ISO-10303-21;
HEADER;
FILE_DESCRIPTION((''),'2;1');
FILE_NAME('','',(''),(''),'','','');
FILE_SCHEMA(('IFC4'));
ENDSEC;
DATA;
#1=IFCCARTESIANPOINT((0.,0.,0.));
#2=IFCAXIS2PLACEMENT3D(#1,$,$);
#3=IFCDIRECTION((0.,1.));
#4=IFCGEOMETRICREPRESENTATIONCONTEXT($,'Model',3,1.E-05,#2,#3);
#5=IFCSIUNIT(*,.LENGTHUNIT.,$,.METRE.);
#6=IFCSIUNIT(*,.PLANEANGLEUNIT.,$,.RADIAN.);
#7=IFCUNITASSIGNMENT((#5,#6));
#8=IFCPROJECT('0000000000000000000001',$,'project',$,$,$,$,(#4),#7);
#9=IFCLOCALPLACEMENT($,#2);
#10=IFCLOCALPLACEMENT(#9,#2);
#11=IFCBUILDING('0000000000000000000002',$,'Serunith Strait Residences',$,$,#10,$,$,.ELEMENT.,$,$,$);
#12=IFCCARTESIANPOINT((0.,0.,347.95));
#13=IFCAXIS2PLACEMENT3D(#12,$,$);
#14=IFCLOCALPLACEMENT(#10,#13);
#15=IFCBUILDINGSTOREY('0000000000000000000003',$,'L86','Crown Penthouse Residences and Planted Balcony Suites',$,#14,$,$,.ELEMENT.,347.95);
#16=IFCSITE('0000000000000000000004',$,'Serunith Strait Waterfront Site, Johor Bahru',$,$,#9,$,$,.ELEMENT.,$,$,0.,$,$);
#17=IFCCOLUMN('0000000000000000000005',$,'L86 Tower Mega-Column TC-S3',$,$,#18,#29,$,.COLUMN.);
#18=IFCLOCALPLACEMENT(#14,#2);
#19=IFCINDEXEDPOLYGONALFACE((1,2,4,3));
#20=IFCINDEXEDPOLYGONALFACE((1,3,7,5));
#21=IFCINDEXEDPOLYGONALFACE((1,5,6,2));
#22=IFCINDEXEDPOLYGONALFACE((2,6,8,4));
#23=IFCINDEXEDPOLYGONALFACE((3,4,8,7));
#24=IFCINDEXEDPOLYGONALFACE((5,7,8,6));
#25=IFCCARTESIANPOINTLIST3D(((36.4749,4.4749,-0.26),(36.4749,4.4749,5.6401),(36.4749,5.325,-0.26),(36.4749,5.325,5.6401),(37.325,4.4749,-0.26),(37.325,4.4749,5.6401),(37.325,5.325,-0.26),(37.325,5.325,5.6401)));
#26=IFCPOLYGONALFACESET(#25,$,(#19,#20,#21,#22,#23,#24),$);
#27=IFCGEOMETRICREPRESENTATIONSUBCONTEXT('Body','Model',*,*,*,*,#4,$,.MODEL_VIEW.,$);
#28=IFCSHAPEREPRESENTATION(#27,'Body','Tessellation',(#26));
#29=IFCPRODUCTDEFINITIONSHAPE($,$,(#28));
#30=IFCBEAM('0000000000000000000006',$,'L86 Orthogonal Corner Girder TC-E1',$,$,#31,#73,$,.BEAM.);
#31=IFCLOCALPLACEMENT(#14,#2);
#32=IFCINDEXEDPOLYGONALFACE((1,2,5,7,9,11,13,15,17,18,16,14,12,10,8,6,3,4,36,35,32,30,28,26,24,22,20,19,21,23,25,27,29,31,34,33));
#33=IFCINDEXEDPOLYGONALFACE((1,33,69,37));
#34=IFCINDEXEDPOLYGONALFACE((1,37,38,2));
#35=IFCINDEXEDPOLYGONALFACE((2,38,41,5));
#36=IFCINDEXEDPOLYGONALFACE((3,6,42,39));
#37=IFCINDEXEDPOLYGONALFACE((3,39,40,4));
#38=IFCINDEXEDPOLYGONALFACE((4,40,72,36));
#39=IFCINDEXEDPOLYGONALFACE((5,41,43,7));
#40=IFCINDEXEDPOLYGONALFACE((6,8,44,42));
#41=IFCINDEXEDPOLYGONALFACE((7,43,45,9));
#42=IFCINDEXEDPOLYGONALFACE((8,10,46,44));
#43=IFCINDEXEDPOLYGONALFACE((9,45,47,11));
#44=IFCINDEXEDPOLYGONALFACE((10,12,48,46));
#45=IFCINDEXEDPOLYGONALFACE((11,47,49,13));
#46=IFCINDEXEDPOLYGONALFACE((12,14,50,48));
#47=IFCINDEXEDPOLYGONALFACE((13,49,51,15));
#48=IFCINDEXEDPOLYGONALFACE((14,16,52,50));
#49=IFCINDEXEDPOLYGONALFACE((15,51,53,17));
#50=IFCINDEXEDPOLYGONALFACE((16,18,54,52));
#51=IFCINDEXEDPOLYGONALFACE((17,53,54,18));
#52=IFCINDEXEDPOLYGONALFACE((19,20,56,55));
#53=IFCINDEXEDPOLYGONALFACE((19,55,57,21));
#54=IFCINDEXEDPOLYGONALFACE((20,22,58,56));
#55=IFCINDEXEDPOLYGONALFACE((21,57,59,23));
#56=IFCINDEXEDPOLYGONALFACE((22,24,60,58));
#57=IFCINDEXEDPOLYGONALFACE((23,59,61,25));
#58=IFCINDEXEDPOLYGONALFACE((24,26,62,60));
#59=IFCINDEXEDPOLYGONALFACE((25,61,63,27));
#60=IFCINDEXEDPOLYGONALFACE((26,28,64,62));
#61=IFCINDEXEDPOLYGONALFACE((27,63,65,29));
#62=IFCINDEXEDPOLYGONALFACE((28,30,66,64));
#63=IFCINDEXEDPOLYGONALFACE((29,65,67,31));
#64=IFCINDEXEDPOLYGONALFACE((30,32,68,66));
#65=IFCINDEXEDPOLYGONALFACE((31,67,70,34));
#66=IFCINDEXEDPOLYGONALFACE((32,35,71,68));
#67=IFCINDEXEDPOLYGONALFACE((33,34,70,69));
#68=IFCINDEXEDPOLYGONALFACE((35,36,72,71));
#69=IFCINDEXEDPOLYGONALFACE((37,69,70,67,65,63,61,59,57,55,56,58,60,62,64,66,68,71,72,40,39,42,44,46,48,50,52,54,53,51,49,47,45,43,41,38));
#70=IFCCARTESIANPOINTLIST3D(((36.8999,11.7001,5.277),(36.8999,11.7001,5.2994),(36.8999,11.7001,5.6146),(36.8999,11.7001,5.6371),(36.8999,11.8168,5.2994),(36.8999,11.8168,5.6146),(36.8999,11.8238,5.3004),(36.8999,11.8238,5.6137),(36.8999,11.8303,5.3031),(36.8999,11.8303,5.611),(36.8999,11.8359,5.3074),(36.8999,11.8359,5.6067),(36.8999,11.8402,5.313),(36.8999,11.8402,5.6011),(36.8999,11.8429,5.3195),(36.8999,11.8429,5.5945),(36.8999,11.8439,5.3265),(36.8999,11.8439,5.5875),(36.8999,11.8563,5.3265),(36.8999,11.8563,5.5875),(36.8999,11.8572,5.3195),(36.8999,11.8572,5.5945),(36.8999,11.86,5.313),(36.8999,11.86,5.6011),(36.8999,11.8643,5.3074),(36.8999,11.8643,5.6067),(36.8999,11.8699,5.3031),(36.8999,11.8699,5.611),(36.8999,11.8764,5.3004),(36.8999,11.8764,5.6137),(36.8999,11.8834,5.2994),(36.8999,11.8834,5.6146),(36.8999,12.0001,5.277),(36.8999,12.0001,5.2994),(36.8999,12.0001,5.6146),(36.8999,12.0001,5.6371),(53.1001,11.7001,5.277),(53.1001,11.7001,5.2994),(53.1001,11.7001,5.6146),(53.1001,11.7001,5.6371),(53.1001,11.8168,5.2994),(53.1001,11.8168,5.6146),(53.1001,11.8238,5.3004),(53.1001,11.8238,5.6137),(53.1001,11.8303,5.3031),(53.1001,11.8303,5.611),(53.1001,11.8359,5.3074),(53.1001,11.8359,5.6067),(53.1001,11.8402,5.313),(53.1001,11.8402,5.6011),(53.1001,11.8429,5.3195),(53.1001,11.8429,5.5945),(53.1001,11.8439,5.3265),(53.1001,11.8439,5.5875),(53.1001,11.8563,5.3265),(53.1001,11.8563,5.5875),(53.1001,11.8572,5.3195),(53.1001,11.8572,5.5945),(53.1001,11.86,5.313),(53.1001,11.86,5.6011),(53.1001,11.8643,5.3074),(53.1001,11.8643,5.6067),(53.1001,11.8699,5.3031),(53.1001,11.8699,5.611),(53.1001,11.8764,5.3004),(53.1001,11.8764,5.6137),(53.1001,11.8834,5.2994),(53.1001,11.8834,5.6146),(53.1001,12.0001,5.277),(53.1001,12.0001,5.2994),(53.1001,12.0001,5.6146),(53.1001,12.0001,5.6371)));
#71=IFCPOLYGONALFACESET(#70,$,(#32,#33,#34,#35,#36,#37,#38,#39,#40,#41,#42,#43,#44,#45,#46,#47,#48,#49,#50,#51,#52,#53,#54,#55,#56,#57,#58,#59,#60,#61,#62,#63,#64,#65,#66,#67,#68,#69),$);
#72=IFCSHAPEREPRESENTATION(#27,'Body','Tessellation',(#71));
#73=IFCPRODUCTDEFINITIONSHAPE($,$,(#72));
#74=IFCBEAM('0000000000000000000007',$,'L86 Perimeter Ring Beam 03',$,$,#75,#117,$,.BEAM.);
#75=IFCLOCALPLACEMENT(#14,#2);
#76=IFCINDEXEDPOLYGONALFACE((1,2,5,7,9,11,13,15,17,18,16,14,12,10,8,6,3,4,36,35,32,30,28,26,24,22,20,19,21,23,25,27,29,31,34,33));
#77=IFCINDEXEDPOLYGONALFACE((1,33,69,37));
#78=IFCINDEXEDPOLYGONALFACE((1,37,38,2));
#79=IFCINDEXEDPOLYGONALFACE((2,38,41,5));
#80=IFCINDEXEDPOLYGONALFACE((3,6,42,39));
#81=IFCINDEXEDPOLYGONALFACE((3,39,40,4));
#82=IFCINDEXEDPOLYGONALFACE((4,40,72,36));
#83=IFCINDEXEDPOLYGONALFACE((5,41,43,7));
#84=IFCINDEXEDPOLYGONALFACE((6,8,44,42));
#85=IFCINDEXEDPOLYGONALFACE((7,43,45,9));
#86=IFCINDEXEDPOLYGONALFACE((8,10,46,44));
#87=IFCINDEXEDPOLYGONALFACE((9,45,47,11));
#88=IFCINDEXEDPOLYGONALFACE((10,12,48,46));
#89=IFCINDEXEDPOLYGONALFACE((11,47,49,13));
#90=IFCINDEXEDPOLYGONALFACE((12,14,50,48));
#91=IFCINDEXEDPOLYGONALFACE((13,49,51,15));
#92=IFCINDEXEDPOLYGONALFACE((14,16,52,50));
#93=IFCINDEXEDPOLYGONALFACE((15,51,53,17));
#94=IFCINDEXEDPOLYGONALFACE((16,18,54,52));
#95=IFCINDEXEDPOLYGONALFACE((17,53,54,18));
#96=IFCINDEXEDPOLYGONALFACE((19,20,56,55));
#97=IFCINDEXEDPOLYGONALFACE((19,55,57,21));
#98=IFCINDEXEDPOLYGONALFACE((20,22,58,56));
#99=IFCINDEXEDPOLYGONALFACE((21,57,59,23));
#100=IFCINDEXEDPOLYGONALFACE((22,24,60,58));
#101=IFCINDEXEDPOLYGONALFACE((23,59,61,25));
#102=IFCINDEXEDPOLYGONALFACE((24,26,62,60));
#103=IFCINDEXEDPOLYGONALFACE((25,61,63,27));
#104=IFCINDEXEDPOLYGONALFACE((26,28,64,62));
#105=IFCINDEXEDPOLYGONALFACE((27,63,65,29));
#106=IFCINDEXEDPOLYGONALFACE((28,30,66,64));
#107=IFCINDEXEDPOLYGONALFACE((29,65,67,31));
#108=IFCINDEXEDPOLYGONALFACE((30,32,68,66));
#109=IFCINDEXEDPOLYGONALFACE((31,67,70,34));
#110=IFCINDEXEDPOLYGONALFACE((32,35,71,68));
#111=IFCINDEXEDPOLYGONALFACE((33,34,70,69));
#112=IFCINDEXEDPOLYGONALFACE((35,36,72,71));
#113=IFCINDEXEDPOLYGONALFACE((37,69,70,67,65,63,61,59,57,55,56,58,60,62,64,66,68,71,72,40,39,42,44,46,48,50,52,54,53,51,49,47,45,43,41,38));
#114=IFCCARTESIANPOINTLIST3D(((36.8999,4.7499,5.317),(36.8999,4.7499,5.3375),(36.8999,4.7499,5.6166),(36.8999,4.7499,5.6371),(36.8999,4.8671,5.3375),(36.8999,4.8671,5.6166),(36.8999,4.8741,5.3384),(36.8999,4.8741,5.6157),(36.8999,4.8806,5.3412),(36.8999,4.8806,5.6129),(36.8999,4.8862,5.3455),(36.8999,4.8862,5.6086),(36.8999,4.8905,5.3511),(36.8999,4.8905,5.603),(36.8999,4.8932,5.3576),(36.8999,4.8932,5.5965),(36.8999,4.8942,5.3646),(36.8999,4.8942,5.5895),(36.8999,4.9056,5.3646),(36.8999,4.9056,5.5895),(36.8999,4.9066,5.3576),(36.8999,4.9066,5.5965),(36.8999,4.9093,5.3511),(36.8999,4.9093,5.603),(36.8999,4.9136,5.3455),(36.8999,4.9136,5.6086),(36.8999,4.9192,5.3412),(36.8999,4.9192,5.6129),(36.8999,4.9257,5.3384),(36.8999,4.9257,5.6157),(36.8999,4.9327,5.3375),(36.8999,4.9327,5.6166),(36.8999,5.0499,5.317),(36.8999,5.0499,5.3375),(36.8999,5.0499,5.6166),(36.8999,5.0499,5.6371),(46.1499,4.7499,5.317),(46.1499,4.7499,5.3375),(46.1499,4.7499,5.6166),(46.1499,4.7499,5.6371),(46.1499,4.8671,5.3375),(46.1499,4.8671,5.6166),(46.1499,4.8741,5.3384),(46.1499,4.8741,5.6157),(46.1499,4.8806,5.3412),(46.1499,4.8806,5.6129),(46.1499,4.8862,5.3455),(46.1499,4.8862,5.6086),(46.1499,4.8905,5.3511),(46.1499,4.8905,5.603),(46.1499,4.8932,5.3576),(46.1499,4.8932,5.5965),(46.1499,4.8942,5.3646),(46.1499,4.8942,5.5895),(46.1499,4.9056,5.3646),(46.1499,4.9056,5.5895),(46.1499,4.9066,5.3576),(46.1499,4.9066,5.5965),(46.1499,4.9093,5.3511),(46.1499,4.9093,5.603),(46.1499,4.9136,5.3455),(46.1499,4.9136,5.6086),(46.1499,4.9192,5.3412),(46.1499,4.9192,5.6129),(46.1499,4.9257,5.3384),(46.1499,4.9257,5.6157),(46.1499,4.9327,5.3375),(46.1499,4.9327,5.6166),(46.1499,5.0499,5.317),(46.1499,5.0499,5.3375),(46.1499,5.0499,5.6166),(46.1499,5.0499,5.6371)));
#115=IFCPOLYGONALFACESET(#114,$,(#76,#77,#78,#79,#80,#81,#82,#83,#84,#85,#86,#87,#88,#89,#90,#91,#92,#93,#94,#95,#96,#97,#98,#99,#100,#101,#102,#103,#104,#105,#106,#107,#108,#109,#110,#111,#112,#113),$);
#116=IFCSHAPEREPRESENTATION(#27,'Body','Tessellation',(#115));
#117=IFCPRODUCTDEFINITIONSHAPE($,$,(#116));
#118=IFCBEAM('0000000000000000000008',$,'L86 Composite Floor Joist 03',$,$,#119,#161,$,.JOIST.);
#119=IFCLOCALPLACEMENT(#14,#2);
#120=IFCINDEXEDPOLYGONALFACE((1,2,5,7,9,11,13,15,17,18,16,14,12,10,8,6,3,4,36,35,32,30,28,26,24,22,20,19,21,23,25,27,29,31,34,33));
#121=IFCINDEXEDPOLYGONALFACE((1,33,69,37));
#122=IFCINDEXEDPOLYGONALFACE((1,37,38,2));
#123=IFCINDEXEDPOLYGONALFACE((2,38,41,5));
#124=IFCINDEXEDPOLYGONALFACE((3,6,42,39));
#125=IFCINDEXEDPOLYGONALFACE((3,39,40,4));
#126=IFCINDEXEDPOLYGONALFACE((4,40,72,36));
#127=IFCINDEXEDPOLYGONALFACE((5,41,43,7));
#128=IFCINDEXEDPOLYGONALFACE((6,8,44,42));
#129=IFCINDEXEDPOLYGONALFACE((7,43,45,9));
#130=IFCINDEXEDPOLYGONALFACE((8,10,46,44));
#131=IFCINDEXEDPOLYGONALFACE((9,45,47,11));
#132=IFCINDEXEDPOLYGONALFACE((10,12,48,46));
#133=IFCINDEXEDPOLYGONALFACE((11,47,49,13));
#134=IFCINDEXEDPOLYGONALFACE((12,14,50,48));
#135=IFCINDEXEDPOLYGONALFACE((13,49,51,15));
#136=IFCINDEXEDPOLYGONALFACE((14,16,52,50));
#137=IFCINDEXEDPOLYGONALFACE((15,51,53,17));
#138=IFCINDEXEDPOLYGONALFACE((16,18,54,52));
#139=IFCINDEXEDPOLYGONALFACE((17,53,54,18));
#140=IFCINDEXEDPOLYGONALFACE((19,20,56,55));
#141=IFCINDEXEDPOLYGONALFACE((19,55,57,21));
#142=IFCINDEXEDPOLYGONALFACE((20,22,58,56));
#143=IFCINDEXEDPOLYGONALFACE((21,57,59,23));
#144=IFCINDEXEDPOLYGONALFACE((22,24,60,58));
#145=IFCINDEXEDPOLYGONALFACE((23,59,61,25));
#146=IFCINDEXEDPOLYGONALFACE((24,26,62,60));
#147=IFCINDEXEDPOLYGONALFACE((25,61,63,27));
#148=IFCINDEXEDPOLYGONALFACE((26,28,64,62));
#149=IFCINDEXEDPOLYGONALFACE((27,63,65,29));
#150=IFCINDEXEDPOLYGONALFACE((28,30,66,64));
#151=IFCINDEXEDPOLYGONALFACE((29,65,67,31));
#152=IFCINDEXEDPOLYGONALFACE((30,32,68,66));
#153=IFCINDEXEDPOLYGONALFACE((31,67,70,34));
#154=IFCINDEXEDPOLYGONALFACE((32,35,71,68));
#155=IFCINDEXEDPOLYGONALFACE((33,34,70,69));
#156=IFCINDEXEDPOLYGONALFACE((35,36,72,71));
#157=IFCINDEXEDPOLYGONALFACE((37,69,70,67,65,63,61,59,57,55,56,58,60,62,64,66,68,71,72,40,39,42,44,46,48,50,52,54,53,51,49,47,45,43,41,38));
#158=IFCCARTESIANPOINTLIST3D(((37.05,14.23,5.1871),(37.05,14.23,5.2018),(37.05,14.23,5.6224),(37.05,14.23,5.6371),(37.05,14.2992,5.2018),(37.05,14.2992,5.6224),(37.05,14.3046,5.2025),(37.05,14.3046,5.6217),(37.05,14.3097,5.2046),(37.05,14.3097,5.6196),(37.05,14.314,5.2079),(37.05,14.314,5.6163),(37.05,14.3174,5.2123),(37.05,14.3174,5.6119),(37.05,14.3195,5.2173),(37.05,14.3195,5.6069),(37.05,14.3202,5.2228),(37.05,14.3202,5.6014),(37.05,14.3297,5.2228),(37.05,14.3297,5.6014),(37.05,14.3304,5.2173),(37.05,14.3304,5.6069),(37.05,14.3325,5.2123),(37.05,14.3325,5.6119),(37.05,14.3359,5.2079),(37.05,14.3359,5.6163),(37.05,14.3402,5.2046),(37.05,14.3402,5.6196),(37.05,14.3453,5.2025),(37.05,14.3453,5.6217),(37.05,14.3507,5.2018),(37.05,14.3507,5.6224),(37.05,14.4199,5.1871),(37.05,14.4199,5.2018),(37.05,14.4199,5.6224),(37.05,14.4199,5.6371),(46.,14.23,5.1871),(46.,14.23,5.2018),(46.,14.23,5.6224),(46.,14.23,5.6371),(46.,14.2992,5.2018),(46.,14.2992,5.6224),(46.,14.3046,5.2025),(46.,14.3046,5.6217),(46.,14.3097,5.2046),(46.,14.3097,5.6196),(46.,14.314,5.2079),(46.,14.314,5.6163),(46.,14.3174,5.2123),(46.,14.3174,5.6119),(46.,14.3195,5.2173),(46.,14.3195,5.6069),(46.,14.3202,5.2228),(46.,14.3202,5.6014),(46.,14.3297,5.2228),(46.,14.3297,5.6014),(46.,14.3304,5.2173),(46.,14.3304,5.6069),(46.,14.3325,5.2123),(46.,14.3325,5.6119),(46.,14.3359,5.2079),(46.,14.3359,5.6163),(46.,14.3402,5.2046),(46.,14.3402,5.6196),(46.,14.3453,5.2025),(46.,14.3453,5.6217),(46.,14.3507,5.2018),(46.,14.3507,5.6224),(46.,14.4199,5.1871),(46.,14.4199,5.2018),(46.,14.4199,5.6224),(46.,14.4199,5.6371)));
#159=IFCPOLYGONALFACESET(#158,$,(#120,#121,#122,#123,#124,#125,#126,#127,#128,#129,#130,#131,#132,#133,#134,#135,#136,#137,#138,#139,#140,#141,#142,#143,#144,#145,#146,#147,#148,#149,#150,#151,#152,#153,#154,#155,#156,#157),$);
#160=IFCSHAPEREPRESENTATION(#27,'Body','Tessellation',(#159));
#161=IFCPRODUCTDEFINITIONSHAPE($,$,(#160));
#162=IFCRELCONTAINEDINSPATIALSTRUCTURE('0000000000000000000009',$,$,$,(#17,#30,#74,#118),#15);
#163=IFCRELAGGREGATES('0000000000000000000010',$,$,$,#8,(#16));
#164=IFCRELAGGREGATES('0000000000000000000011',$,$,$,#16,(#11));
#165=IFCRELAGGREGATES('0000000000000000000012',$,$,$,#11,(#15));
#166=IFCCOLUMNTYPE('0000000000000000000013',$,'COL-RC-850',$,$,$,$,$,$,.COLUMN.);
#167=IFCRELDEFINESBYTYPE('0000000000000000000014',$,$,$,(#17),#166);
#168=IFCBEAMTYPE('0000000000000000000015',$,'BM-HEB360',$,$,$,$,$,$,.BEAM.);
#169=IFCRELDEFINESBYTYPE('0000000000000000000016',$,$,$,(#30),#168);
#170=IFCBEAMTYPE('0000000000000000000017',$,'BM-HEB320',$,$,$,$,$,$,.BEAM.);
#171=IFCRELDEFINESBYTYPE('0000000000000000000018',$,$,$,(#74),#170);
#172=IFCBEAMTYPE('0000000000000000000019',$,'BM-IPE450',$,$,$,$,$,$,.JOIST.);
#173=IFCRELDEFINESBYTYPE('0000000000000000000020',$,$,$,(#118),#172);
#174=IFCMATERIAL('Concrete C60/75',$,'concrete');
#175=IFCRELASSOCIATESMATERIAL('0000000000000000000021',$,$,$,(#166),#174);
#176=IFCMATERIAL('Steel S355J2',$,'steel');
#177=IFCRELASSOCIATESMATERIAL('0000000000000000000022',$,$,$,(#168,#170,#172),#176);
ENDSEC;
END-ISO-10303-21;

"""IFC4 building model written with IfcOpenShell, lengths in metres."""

from ifc_helpers import new_model, si_unit, direction, frame, origin, origin_2d, place, context, subcontext, project, spatial, rectangle, i_section, extrude, source, transform, mapped, material, material_profile, profile_set, type_object, element, save


model = new_model("IFC4")

# Units and contexts
model_context = context("Model", 3, precision=1e-05, world=origin(), true_north=direction((0.0, 1.0)))
body_context = subcontext(model_context, "Body", "Model", "MODEL_VIEW")
ifc_project = project(units=[si_unit("LENGTHUNIT", "METRE"), si_unit("PLANEANGLEUNIT", "RADIAN")], contexts=[model_context])

# Site, building, storey
site_placement = place(None, origin())
site = spatial("IfcSite", under=ifc_project, at=site_placement, Name="Serunith Strait Waterfront Site, Johor Bahru", CompositionType="ELEMENT", RefElevation=0.0)
building_placement = place(site_placement, origin())
building = spatial("IfcBuilding", under=site, at=building_placement, Name="Serunith Strait Residences", CompositionType="ELEMENT")
storey_placement = place(building_placement, frame((0.0, 0.0, 347.95)))
storey = spatial("IfcBuildingStorey", under=building, at=storey_placement, Name="L86", Description="Crown Penthouse Residences and Planted Balcony Suites", CompositionType="ELEMENT", Elevation=347.95)

# Column
ifc_material_1 = material(Name="Concrete C60/75", Category="concrete")
ifc_material_profile_1 = material_profile(ifc_material_1, rectangle(XDim=0.8501, YDim=0.8501, at=origin_2d()), Name="RC 850x850")
ifc_profile_set_1 = profile_set([ifc_material_profile_1], Name="Concrete C60/75")
column_type = type_object("IfcColumnType", Name="COL-RC-850", PredefinedType="COLUMN", material=ifc_profile_set_1)
shared_shape_1 = source(origin(), body_context, "Body", "SweptSolid", [
    extrude(rectangle(XDim=0.8501, YDim=0.8501, at=origin_2d()), origin(), (0.0, 0.0, 1.0), 5.9001),
])
column_placement = place(storey_placement, frame((36.8999, 4.8999, -0.26), z_axis=(0.0, 0.0, 1.0), x_axis=(1.0, 0.0, 0.0)))
element("IfcColumn", 1, at=column_placement, inside=storey, type_object=column_type, Name="L86 Tower Mega-Column TC-S3", PredefinedType="COLUMN", context=body_context, shape_type="MappedRepresentation", body=[
    mapped(shared_shape_1, transform((0.0, 0.0, 0.0), scale=1.0)),
])

# Beams
ifc_material_2 = material(Name="Steel S355J2", Category="steel")
ifc_material_profile_2 = material_profile(ifc_material_2, i_section(OverallWidth=0.3, OverallDepth=0.3601, WebThickness=0.0125, FlangeThickness=0.0225, FilletRadius=0.0271, at=origin_2d()), Name="HEB 360")
ifc_profile_set_2 = profile_set([ifc_material_profile_2], Name="Steel S355J2")
beam_type_1 = type_object("IfcBeamType", Name="BM-HEB360", PredefinedType="BEAM", material=ifc_profile_set_2)
shared_shape_2 = source(origin(), body_context, "Body", "SweptSolid", [
    extrude(i_section(OverallWidth=0.3, OverallDepth=0.3601, WebThickness=0.0125, FlangeThickness=0.0225, FilletRadius=0.0271, at=origin_2d()), origin(), (0.0, 0.0, 1.0), 16.2002),
])
beam_1_placement = place(storey_placement, frame((36.8999, 11.8501, 5.457), z_axis=(1.0, 0.0, 0.0), x_axis=(0.0, 1.0, 0.0)))
element("IfcBeam", 2, at=beam_1_placement, inside=storey, type_object=beam_type_1, Name="L86 Orthogonal Corner Girder TC-E1", PredefinedType="BEAM", context=body_context, shape_type="MappedRepresentation", body=[
    mapped(shared_shape_2, transform((0.0, 0.0, 0.0), scale=1.0)),
])
ifc_material_profile_3 = material_profile(ifc_material_2, i_section(OverallWidth=0.3, OverallDepth=0.3201, WebThickness=0.0115, FlangeThickness=0.0205, FilletRadius=0.0271, at=origin_2d()), Name="HEB 320")
ifc_profile_set_3 = profile_set([ifc_material_profile_3], Name="Steel S355J2")
beam_type_2 = type_object("IfcBeamType", Name="BM-HEB320", PredefinedType="BEAM", material=ifc_profile_set_3)
shared_shape_3 = source(origin(), body_context, "Body", "SweptSolid", [
    extrude(i_section(OverallWidth=0.3, OverallDepth=0.3201, WebThickness=0.0115, FlangeThickness=0.0205, FilletRadius=0.0271, at=origin_2d()), origin(), (0.0, 0.0, 1.0), 9.25),
])
beam_2_placement = place(storey_placement, frame((36.8999, 4.8999, 5.4771), z_axis=(1.0, 0.0, 0.0), x_axis=(0.0, 1.0, 0.0)))
element("IfcBeam", 3, at=beam_2_placement, inside=storey, type_object=beam_type_2, Name="L86 Perimeter Ring Beam 03", PredefinedType="BEAM", context=body_context, shape_type="MappedRepresentation", body=[
    mapped(shared_shape_3, transform((0.0, 0.0, 0.0), scale=1.0)),
])
ifc_material_profile_4 = material_profile(ifc_material_2, i_section(OverallWidth=0.1899, OverallDepth=0.45, WebThickness=0.0095, FlangeThickness=0.0146, FilletRadius=0.021, at=origin_2d()), Name="IPE 450")
ifc_profile_set_4 = profile_set([ifc_material_profile_4], Name="Steel S355J2")
beam_type_3 = type_object("IfcBeamType", Name="BM-IPE450", PredefinedType="JOIST", material=ifc_profile_set_4)
shared_shape_4 = source(origin(), body_context, "Body", "SweptSolid", [
    extrude(i_section(OverallWidth=0.1899, OverallDepth=0.45, WebThickness=0.0095, FlangeThickness=0.0146, FilletRadius=0.021, at=origin_2d()), origin(), (0.0, 0.0, 1.0), 8.95),
])
beam_3_placement = place(storey_placement, frame((37.05, 14.325, 5.4121), z_axis=(1.0, 0.0, 0.0), x_axis=(0.0, 1.0, 0.0)))
element("IfcBeam", 4, at=beam_3_placement, inside=storey, type_object=beam_type_3, Name="L86 Composite Floor Joist 03", PredefinedType="JOIST", context=body_context, shape_type="MappedRepresentation", body=[
    mapped(shared_shape_4, transform((0.0, 0.0, 0.0), scale=1.0)),
])

save(model, "model.ifc")
